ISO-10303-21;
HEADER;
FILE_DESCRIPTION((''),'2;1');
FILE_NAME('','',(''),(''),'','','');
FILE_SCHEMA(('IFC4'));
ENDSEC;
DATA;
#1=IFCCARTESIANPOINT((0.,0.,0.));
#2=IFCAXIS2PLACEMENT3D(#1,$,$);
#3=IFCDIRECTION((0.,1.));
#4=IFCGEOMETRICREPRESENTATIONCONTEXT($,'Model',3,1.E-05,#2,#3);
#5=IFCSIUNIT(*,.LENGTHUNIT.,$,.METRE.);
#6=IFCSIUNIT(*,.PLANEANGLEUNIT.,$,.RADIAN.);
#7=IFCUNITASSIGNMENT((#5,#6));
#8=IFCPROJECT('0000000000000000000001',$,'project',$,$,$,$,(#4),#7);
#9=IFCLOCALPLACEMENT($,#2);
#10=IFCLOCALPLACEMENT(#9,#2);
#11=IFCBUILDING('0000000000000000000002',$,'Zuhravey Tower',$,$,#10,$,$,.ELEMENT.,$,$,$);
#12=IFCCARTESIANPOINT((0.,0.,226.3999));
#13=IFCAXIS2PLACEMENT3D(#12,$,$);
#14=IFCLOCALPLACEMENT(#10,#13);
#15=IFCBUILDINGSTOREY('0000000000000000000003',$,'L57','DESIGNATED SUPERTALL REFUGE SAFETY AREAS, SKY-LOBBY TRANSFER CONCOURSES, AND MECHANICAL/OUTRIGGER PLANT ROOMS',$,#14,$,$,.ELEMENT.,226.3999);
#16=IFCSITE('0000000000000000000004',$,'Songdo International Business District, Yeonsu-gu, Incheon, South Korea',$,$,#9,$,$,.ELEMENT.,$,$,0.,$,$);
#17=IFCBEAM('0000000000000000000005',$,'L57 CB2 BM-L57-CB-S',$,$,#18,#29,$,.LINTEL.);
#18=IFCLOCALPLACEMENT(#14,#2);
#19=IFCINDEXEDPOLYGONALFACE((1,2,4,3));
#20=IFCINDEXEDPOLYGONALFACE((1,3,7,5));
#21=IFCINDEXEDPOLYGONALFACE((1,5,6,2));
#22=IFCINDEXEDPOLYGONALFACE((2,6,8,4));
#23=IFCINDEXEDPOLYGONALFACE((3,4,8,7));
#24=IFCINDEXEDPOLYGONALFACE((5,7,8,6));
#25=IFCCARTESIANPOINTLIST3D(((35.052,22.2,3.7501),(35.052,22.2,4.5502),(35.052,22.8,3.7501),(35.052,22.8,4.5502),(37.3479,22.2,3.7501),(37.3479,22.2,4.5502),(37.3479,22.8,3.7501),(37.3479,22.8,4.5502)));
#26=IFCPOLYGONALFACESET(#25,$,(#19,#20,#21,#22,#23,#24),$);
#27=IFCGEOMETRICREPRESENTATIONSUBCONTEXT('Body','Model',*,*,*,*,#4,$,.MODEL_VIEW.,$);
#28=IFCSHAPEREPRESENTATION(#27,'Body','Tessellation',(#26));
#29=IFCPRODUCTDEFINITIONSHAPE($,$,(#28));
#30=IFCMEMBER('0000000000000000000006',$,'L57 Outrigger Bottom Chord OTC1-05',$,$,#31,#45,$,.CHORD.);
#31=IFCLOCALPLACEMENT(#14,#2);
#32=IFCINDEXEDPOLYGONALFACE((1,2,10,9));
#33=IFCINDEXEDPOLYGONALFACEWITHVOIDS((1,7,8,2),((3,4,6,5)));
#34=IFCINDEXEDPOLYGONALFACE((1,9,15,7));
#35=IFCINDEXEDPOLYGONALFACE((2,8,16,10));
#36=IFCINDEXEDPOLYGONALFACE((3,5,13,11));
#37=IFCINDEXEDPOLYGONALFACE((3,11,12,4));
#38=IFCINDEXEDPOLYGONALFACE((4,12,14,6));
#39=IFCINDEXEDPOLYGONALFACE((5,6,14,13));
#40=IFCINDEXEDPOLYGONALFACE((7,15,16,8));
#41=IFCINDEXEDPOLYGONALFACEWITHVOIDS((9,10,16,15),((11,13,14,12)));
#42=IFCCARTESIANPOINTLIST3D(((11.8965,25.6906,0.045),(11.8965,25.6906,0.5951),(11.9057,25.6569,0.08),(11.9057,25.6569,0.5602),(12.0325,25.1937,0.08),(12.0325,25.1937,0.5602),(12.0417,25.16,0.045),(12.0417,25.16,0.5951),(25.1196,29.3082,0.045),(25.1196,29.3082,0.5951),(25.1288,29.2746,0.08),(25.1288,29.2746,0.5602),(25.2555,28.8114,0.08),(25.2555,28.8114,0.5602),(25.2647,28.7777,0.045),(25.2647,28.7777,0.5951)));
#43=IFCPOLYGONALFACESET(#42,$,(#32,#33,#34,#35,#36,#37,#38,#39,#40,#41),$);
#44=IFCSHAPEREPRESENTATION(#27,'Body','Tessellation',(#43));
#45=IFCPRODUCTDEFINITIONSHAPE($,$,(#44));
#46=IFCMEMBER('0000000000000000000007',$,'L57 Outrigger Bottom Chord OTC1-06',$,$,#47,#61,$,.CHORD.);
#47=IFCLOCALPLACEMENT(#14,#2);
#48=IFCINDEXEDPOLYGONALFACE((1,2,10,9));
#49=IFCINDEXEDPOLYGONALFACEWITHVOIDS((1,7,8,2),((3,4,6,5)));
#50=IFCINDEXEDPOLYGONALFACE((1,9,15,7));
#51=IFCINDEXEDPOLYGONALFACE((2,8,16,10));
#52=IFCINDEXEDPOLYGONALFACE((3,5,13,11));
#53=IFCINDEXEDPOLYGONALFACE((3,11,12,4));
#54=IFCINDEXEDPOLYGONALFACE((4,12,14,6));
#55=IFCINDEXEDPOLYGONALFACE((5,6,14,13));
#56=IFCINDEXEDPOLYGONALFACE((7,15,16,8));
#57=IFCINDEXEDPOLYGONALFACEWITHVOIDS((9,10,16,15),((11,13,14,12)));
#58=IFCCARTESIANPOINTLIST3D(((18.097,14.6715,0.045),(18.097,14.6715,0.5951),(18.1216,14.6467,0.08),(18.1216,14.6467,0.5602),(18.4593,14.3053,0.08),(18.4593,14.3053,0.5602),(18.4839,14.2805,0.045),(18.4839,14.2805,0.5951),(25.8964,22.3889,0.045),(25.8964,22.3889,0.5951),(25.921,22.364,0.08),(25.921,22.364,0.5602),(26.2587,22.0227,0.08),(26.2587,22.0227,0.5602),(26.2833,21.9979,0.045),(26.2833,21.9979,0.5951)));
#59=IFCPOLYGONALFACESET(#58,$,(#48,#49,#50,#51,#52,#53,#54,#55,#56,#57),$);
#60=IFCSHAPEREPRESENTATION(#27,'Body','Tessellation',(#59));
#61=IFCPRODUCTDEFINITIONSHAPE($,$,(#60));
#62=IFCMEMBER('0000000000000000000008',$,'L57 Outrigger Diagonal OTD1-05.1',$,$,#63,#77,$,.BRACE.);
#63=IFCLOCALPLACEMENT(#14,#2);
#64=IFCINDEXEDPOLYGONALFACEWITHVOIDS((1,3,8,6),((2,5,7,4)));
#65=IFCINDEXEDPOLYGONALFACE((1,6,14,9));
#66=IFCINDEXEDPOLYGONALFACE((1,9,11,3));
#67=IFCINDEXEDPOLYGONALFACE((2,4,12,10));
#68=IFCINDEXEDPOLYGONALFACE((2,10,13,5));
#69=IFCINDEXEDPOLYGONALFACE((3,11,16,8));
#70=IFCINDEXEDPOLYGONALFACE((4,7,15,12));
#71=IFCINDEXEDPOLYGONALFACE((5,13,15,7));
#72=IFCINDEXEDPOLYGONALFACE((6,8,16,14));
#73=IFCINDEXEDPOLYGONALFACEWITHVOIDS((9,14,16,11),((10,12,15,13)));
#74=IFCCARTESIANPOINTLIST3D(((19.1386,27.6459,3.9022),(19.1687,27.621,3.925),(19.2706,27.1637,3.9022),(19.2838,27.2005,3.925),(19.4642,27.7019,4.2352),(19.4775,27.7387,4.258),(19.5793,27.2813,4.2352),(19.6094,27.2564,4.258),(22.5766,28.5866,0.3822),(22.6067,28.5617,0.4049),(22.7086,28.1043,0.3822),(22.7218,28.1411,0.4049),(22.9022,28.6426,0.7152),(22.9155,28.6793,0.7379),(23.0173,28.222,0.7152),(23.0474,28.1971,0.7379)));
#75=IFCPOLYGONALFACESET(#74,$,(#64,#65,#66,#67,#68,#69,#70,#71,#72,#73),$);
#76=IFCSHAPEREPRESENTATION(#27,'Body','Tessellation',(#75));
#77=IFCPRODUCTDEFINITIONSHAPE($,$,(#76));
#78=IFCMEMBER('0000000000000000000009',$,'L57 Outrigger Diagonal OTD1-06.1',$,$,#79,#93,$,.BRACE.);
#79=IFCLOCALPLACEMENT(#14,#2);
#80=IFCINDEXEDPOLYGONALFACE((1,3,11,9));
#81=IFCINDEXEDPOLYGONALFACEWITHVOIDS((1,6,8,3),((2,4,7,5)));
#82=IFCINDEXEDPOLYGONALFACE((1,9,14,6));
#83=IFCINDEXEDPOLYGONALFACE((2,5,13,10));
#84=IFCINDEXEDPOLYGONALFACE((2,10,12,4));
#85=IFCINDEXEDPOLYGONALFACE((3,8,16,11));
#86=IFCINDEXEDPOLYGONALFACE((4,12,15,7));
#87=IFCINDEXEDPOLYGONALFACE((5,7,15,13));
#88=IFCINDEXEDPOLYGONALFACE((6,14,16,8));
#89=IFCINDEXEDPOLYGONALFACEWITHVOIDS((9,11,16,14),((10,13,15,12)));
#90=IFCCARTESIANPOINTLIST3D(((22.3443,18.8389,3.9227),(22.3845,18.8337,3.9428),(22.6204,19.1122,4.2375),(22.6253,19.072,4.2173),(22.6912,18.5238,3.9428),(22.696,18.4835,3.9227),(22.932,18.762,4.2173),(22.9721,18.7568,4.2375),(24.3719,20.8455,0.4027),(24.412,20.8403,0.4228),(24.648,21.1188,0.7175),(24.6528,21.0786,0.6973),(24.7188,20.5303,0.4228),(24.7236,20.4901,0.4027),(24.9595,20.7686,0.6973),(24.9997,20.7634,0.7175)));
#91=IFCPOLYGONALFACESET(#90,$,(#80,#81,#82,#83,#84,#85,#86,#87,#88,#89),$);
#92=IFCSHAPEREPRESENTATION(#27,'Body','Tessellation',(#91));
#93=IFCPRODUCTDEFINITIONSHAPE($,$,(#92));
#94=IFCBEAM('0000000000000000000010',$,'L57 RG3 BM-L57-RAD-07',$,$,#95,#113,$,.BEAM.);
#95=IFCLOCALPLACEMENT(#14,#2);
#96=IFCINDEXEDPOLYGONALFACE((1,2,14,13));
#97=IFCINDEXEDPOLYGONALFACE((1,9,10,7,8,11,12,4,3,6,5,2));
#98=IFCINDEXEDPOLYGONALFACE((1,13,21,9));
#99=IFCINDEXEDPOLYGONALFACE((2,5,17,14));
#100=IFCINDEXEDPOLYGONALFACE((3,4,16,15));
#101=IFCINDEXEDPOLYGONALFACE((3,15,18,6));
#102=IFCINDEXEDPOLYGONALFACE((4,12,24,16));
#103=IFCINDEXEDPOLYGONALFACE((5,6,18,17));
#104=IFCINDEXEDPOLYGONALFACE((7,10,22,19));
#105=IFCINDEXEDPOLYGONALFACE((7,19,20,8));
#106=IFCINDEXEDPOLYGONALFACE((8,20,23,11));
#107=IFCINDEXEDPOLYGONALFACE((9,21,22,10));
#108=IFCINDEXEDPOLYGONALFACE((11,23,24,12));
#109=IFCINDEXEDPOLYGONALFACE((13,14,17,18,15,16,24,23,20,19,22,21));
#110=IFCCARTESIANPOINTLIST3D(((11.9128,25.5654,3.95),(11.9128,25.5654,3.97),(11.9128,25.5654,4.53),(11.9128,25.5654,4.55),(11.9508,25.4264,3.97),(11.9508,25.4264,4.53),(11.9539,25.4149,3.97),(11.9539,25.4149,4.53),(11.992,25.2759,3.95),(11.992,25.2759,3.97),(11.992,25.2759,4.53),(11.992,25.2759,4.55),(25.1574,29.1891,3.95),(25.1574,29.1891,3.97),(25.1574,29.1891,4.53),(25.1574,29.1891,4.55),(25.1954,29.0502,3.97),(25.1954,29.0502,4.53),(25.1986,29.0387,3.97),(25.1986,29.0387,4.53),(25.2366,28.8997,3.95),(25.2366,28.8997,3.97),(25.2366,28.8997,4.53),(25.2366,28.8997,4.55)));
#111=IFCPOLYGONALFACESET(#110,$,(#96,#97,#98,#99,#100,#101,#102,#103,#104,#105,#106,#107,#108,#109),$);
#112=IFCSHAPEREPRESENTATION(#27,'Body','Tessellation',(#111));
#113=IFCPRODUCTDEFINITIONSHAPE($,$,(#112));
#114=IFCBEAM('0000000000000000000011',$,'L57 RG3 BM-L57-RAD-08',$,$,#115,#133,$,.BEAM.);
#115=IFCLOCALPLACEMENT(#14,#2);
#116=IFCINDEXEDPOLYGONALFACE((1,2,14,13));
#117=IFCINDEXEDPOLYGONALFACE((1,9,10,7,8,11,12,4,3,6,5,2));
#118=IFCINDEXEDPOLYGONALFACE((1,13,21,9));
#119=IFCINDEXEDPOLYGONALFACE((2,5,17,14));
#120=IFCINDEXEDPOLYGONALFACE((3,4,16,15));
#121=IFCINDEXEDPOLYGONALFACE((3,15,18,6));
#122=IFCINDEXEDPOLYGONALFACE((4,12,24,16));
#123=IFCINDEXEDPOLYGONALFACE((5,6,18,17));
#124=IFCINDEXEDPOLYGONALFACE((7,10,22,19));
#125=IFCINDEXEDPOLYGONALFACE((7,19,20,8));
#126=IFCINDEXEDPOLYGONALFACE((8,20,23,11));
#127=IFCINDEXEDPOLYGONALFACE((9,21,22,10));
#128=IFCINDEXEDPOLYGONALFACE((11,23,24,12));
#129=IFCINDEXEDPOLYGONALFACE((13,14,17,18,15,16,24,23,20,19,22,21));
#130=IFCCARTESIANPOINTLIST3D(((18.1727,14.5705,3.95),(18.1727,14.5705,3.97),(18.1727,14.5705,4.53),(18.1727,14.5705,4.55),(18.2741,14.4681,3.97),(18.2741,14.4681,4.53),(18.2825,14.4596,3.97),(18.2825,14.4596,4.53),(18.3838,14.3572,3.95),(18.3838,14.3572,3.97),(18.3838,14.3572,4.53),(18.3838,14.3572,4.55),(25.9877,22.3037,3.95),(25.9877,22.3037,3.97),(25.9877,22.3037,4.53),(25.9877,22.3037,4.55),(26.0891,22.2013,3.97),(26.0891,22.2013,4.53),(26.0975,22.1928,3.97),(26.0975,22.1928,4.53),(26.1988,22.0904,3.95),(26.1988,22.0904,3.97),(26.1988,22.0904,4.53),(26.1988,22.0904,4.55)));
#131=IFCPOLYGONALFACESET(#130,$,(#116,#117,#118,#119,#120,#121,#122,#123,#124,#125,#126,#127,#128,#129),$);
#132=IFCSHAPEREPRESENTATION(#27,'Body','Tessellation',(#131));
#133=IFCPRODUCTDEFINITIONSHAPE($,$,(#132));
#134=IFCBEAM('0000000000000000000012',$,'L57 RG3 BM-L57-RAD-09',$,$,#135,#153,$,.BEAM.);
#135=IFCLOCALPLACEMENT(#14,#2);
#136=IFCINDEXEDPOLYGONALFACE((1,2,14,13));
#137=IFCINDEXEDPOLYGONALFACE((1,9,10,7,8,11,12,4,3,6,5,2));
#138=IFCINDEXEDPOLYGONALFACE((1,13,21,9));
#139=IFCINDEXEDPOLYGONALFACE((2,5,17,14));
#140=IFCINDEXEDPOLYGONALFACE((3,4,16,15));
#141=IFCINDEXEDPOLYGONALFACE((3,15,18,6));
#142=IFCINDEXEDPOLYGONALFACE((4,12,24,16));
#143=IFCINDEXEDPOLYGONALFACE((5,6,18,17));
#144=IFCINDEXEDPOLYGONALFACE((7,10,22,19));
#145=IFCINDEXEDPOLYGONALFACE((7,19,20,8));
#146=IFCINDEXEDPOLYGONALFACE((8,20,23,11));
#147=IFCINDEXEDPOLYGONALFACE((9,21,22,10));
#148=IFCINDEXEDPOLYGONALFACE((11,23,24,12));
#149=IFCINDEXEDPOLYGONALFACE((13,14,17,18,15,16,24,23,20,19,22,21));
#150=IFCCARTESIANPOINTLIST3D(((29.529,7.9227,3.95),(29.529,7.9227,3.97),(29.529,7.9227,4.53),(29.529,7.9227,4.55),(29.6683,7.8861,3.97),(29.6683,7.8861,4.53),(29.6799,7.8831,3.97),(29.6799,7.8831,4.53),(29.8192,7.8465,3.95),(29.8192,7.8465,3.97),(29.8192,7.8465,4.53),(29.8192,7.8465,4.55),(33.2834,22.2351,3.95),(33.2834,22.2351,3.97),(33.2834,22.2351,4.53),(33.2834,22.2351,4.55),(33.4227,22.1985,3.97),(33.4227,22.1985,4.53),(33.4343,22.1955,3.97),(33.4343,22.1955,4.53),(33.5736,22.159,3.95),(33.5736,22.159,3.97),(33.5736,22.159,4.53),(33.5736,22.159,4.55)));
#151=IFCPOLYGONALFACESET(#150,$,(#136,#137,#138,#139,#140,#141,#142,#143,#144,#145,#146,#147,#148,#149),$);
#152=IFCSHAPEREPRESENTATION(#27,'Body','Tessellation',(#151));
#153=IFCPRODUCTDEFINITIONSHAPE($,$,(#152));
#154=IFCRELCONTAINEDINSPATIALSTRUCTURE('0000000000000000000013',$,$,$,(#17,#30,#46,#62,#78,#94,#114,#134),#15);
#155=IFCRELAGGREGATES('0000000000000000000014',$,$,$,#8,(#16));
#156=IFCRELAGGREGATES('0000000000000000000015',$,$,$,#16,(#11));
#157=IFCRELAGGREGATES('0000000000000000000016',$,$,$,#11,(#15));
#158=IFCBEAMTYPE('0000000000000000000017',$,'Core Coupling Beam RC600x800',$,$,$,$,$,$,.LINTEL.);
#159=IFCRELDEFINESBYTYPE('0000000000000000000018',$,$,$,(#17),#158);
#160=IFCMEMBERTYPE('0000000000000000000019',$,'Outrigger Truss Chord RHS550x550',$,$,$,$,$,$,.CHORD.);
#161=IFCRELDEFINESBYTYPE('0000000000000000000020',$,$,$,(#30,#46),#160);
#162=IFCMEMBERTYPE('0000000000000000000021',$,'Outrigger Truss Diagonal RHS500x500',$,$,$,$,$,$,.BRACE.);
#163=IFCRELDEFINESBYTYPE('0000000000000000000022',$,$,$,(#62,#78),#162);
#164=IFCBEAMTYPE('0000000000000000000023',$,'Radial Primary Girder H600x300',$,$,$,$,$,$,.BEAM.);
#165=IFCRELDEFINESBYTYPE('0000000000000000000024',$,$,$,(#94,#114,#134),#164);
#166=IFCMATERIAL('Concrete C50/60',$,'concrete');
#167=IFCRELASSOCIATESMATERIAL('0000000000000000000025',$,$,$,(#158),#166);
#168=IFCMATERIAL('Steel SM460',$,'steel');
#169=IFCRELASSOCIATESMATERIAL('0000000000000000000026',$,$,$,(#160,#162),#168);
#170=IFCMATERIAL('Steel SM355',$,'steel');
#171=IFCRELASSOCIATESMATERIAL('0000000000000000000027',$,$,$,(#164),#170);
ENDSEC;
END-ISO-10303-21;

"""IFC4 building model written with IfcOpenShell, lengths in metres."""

from ifc_helpers import new_model, si_unit, direction, frame, origin, origin_2d, place, context, subcontext, project, spatial, rectangle, hollow_rectangle, i_section, extrude, material, material_profile, profile_set, type_object, element, save


model = new_model("IFC4")

# Units and contexts
model_context = context("Model", 3, precision=1e-05, world=origin(), true_north=direction((0.0, 1.0)))
body_context = subcontext(model_context, "Body", "Model", "MODEL_VIEW")
ifc_project = project(units=[si_unit("LENGTHUNIT", "METRE"), si_unit("PLANEANGLEUNIT", "RADIAN")], contexts=[model_context])

# Site, building, storey
site_placement = place(None, origin())
site = spatial("IfcSite", under=ifc_project, at=site_placement, Name="Songdo International Business District, Yeonsu-gu, Incheon, South Korea", CompositionType="ELEMENT", RefElevation=0.0)
building_placement = place(site_placement, origin())
building = spatial("IfcBuilding", under=site, at=building_placement, Name="Zuhravey Tower", CompositionType="ELEMENT")
storey_placement = place(building_placement, frame((0.0, 0.0, 226.3999)))
storey = spatial("IfcBuildingStorey", under=building, at=storey_placement, Name="L57", Description="DESIGNATED SUPERTALL REFUGE SAFETY AREAS, SKY-LOBBY TRANSFER CONCOURSES, AND MECHANICAL/OUTRIGGER PLANT ROOMS", CompositionType="ELEMENT", Elevation=226.3999)

# Beam
ifc_material_1 = material(Name="Concrete C50/60", Category="concrete")
ifc_material_profile_1 = material_profile(ifc_material_1, rectangle(XDim=0.6001, YDim=0.8, at=origin_2d()), Name="RC-600x800")
ifc_profile_set_1 = profile_set([ifc_material_profile_1], Name="Concrete C50/60")
beam_type_1 = type_object("IfcBeamType", Name="Core Coupling Beam RC600x800", PredefinedType="LINTEL", material=ifc_profile_set_1)
beam_1_placement = place(storey_placement, frame((35.052, 22.5, 4.1501), z_axis=(1.0, 0.0, 0.0), x_axis=(0.0, 1.0, 0.0)))
element("IfcBeam", 1, at=beam_1_placement, inside=storey, type_object=beam_type_1, Name="L57 CB2 BM-L57-CB-S", PredefinedType="LINTEL", context=body_context, shape_type="SweptSolid", body=[
    extrude(rectangle(XDim=0.6001, YDim=0.8, at=origin_2d()), origin(), (0.0, 0.0, 1.0), 2.2959),
])

# Members
ifc_material_2 = material(Name="Steel SM460", Category="steel")
ifc_material_profile_2 = material_profile(ifc_material_2, hollow_rectangle(XDim=0.55, YDim=0.55, WallThickness=0.0349, at=origin_2d()), Name="RHS-550x550x35")
ifc_profile_set_2 = profile_set([ifc_material_profile_2], Name="Steel SM460")
member_type_1 = type_object("IfcMemberType", Name="Outrigger Truss Chord RHS550x550", PredefinedType="CHORD", material=ifc_profile_set_2)
member_1_placement = place(storey_placement, frame((25.1921, 29.043, 0.3201), z_axis=(-0.964553, -0.263889, 0.0), x_axis=(0.263889, -0.964553, 0.0)))
element("IfcMember", 2, at=member_1_placement, inside=storey, type_object=member_type_1, Name="L57 Outrigger Bottom Chord OTC1-05", PredefinedType="CHORD", context=body_context, shape_type="SweptSolid", body=[
    extrude(hollow_rectangle(XDim=0.55, YDim=0.55, WallThickness=0.0349, at=origin_2d()), origin(), (0.0, 0.0, 1.0), 13.709),
])
member_2_placement = place(storey_placement, frame((26.0898, 22.1934, 0.3201), z_axis=(-0.710835, -0.703359, 0.0), x_axis=(0.703359, -0.710835, 0.0)))
element("IfcMember", 3, at=member_2_placement, inside=storey, type_object=member_type_1, Name="L57 Outrigger Bottom Chord OTC1-06", PredefinedType="CHORD", context=body_context, shape_type="SweptSolid", body=[
    extrude(hollow_rectangle(XDim=0.55, YDim=0.55, WallThickness=0.0349, at=origin_2d()), origin(), (0.0, 0.0, 1.0), 10.9722),
])
ifc_material_profile_3 = material_profile(ifc_material_2, hollow_rectangle(XDim=0.5, YDim=0.5, WallThickness=0.032, at=origin_2d()), Name="RHS-500x500x32")
ifc_profile_set_3 = profile_set([ifc_material_profile_3], Name="Steel SM460")
member_type_2 = type_object("IfcMemberType", Name="Outrigger Truss Diagonal RHS500x500", PredefinedType="BRACE", material=ifc_profile_set_3)
member_3_placement = place(storey_placement, frame((22.812, 28.3918, 0.5601), z_axis=(-0.686293, -0.187778, 0.702668), x_axis=(0.263911, -0.964547, 0.0)))
element("IfcMember", 4, at=member_3_placement, inside=storey, type_object=member_type_2, Name="L57 Outrigger Diagonal OTD1-05.1", PredefinedType="BRACE", context=body_context, shape_type="SweptSolid", body=[
    extrude(hollow_rectangle(XDim=0.5, YDim=0.5, WallThickness=0.032, at=origin_2d()), origin(), (0.0, 0.0, 1.0), 5.0095),
])
member_4_placement = place(storey_placement, frame((24.6858, 20.8044, 0.5601), z_axis=(-0.447513, -0.442879, 0.776911), x_axis=(0.703417, -0.710777, 0.0)))
element("IfcMember", 5, at=member_4_placement, inside=storey, type_object=member_type_2, Name="L57 Outrigger Diagonal OTD1-06.1", PredefinedType="BRACE", context=body_context, shape_type="SweptSolid", body=[
    extrude(hollow_rectangle(XDim=0.5, YDim=0.5, WallThickness=0.032, at=origin_2d()), origin(), (0.0, 0.0, 1.0), 4.5308),
])

# Beams
ifc_material_3 = material(Name="Steel SM355", Category="steel")
ifc_material_profile_4 = material_profile(ifc_material_3, i_section(OverallWidth=0.3, OverallDepth=0.6001, WebThickness=0.012, FlangeThickness=0.02, at=origin_2d()), Name="H-600x300x12x20")
ifc_profile_set_4 = profile_set([ifc_material_profile_4], Name="Steel SM355")
beam_type_2 = type_object("IfcBeamType", Name="Radial Primary Girder H600x300", PredefinedType="BEAM", material=ifc_profile_set_4)
beam_2_placement = place(storey_placement, frame((25.197, 29.0444, 4.25), z_axis=(-0.964549, -0.263904, 0.0), x_axis=(0.263904, -0.964549, 0.0)))
element("IfcBeam", 6, at=beam_2_placement, inside=storey, type_object=beam_type_2, Name="L57 RG3 BM-L57-RAD-07", PredefinedType="BEAM", context=body_context, shape_type="SweptSolid", body=[
    extrude(i_section(OverallWidth=0.3, OverallDepth=0.6001, WebThickness=0.012, FlangeThickness=0.02, at=origin_2d()), origin(), (0.0, 0.0, 1.0), 13.7314),
])
beam_3_placement = place(storey_placement, frame((26.0933, 22.197, 4.25), z_axis=(-0.710817, -0.703377, 0.0), x_axis=(0.703377, -0.710817, 0.0)))
element("IfcBeam", 7, at=beam_3_placement, inside=storey, type_object=beam_type_2, Name="L57 RG3 BM-L57-RAD-08", PredefinedType="BEAM", context=body_context, shape_type="SweptSolid", body=[
    extrude(i_section(OverallWidth=0.3, OverallDepth=0.6001, WebThickness=0.012, FlangeThickness=0.02, at=origin_2d()), origin(), (0.0, 0.0, 1.0), 10.9944),
])
beam_4_placement = place(storey_placement, frame((33.4285, 22.197, 4.25), z_axis=(-0.253731, -0.967275, 0.0), x_axis=(0.967275, -0.253731, 0.0)))
element("IfcBeam", 8, at=beam_4_placement, inside=storey, type_object=beam_type_2, Name="L57 RG3 BM-L57-RAD-09", PredefinedType="BEAM", context=body_context, shape_type="SweptSolid", body=[
    extrude(i_section(OverallWidth=0.3, OverallDepth=0.6001, WebThickness=0.012, FlangeThickness=0.02, at=origin_2d()), origin(), (0.0, 0.0, 1.0), 14.7966),
])

save(model, "model.ifc")
